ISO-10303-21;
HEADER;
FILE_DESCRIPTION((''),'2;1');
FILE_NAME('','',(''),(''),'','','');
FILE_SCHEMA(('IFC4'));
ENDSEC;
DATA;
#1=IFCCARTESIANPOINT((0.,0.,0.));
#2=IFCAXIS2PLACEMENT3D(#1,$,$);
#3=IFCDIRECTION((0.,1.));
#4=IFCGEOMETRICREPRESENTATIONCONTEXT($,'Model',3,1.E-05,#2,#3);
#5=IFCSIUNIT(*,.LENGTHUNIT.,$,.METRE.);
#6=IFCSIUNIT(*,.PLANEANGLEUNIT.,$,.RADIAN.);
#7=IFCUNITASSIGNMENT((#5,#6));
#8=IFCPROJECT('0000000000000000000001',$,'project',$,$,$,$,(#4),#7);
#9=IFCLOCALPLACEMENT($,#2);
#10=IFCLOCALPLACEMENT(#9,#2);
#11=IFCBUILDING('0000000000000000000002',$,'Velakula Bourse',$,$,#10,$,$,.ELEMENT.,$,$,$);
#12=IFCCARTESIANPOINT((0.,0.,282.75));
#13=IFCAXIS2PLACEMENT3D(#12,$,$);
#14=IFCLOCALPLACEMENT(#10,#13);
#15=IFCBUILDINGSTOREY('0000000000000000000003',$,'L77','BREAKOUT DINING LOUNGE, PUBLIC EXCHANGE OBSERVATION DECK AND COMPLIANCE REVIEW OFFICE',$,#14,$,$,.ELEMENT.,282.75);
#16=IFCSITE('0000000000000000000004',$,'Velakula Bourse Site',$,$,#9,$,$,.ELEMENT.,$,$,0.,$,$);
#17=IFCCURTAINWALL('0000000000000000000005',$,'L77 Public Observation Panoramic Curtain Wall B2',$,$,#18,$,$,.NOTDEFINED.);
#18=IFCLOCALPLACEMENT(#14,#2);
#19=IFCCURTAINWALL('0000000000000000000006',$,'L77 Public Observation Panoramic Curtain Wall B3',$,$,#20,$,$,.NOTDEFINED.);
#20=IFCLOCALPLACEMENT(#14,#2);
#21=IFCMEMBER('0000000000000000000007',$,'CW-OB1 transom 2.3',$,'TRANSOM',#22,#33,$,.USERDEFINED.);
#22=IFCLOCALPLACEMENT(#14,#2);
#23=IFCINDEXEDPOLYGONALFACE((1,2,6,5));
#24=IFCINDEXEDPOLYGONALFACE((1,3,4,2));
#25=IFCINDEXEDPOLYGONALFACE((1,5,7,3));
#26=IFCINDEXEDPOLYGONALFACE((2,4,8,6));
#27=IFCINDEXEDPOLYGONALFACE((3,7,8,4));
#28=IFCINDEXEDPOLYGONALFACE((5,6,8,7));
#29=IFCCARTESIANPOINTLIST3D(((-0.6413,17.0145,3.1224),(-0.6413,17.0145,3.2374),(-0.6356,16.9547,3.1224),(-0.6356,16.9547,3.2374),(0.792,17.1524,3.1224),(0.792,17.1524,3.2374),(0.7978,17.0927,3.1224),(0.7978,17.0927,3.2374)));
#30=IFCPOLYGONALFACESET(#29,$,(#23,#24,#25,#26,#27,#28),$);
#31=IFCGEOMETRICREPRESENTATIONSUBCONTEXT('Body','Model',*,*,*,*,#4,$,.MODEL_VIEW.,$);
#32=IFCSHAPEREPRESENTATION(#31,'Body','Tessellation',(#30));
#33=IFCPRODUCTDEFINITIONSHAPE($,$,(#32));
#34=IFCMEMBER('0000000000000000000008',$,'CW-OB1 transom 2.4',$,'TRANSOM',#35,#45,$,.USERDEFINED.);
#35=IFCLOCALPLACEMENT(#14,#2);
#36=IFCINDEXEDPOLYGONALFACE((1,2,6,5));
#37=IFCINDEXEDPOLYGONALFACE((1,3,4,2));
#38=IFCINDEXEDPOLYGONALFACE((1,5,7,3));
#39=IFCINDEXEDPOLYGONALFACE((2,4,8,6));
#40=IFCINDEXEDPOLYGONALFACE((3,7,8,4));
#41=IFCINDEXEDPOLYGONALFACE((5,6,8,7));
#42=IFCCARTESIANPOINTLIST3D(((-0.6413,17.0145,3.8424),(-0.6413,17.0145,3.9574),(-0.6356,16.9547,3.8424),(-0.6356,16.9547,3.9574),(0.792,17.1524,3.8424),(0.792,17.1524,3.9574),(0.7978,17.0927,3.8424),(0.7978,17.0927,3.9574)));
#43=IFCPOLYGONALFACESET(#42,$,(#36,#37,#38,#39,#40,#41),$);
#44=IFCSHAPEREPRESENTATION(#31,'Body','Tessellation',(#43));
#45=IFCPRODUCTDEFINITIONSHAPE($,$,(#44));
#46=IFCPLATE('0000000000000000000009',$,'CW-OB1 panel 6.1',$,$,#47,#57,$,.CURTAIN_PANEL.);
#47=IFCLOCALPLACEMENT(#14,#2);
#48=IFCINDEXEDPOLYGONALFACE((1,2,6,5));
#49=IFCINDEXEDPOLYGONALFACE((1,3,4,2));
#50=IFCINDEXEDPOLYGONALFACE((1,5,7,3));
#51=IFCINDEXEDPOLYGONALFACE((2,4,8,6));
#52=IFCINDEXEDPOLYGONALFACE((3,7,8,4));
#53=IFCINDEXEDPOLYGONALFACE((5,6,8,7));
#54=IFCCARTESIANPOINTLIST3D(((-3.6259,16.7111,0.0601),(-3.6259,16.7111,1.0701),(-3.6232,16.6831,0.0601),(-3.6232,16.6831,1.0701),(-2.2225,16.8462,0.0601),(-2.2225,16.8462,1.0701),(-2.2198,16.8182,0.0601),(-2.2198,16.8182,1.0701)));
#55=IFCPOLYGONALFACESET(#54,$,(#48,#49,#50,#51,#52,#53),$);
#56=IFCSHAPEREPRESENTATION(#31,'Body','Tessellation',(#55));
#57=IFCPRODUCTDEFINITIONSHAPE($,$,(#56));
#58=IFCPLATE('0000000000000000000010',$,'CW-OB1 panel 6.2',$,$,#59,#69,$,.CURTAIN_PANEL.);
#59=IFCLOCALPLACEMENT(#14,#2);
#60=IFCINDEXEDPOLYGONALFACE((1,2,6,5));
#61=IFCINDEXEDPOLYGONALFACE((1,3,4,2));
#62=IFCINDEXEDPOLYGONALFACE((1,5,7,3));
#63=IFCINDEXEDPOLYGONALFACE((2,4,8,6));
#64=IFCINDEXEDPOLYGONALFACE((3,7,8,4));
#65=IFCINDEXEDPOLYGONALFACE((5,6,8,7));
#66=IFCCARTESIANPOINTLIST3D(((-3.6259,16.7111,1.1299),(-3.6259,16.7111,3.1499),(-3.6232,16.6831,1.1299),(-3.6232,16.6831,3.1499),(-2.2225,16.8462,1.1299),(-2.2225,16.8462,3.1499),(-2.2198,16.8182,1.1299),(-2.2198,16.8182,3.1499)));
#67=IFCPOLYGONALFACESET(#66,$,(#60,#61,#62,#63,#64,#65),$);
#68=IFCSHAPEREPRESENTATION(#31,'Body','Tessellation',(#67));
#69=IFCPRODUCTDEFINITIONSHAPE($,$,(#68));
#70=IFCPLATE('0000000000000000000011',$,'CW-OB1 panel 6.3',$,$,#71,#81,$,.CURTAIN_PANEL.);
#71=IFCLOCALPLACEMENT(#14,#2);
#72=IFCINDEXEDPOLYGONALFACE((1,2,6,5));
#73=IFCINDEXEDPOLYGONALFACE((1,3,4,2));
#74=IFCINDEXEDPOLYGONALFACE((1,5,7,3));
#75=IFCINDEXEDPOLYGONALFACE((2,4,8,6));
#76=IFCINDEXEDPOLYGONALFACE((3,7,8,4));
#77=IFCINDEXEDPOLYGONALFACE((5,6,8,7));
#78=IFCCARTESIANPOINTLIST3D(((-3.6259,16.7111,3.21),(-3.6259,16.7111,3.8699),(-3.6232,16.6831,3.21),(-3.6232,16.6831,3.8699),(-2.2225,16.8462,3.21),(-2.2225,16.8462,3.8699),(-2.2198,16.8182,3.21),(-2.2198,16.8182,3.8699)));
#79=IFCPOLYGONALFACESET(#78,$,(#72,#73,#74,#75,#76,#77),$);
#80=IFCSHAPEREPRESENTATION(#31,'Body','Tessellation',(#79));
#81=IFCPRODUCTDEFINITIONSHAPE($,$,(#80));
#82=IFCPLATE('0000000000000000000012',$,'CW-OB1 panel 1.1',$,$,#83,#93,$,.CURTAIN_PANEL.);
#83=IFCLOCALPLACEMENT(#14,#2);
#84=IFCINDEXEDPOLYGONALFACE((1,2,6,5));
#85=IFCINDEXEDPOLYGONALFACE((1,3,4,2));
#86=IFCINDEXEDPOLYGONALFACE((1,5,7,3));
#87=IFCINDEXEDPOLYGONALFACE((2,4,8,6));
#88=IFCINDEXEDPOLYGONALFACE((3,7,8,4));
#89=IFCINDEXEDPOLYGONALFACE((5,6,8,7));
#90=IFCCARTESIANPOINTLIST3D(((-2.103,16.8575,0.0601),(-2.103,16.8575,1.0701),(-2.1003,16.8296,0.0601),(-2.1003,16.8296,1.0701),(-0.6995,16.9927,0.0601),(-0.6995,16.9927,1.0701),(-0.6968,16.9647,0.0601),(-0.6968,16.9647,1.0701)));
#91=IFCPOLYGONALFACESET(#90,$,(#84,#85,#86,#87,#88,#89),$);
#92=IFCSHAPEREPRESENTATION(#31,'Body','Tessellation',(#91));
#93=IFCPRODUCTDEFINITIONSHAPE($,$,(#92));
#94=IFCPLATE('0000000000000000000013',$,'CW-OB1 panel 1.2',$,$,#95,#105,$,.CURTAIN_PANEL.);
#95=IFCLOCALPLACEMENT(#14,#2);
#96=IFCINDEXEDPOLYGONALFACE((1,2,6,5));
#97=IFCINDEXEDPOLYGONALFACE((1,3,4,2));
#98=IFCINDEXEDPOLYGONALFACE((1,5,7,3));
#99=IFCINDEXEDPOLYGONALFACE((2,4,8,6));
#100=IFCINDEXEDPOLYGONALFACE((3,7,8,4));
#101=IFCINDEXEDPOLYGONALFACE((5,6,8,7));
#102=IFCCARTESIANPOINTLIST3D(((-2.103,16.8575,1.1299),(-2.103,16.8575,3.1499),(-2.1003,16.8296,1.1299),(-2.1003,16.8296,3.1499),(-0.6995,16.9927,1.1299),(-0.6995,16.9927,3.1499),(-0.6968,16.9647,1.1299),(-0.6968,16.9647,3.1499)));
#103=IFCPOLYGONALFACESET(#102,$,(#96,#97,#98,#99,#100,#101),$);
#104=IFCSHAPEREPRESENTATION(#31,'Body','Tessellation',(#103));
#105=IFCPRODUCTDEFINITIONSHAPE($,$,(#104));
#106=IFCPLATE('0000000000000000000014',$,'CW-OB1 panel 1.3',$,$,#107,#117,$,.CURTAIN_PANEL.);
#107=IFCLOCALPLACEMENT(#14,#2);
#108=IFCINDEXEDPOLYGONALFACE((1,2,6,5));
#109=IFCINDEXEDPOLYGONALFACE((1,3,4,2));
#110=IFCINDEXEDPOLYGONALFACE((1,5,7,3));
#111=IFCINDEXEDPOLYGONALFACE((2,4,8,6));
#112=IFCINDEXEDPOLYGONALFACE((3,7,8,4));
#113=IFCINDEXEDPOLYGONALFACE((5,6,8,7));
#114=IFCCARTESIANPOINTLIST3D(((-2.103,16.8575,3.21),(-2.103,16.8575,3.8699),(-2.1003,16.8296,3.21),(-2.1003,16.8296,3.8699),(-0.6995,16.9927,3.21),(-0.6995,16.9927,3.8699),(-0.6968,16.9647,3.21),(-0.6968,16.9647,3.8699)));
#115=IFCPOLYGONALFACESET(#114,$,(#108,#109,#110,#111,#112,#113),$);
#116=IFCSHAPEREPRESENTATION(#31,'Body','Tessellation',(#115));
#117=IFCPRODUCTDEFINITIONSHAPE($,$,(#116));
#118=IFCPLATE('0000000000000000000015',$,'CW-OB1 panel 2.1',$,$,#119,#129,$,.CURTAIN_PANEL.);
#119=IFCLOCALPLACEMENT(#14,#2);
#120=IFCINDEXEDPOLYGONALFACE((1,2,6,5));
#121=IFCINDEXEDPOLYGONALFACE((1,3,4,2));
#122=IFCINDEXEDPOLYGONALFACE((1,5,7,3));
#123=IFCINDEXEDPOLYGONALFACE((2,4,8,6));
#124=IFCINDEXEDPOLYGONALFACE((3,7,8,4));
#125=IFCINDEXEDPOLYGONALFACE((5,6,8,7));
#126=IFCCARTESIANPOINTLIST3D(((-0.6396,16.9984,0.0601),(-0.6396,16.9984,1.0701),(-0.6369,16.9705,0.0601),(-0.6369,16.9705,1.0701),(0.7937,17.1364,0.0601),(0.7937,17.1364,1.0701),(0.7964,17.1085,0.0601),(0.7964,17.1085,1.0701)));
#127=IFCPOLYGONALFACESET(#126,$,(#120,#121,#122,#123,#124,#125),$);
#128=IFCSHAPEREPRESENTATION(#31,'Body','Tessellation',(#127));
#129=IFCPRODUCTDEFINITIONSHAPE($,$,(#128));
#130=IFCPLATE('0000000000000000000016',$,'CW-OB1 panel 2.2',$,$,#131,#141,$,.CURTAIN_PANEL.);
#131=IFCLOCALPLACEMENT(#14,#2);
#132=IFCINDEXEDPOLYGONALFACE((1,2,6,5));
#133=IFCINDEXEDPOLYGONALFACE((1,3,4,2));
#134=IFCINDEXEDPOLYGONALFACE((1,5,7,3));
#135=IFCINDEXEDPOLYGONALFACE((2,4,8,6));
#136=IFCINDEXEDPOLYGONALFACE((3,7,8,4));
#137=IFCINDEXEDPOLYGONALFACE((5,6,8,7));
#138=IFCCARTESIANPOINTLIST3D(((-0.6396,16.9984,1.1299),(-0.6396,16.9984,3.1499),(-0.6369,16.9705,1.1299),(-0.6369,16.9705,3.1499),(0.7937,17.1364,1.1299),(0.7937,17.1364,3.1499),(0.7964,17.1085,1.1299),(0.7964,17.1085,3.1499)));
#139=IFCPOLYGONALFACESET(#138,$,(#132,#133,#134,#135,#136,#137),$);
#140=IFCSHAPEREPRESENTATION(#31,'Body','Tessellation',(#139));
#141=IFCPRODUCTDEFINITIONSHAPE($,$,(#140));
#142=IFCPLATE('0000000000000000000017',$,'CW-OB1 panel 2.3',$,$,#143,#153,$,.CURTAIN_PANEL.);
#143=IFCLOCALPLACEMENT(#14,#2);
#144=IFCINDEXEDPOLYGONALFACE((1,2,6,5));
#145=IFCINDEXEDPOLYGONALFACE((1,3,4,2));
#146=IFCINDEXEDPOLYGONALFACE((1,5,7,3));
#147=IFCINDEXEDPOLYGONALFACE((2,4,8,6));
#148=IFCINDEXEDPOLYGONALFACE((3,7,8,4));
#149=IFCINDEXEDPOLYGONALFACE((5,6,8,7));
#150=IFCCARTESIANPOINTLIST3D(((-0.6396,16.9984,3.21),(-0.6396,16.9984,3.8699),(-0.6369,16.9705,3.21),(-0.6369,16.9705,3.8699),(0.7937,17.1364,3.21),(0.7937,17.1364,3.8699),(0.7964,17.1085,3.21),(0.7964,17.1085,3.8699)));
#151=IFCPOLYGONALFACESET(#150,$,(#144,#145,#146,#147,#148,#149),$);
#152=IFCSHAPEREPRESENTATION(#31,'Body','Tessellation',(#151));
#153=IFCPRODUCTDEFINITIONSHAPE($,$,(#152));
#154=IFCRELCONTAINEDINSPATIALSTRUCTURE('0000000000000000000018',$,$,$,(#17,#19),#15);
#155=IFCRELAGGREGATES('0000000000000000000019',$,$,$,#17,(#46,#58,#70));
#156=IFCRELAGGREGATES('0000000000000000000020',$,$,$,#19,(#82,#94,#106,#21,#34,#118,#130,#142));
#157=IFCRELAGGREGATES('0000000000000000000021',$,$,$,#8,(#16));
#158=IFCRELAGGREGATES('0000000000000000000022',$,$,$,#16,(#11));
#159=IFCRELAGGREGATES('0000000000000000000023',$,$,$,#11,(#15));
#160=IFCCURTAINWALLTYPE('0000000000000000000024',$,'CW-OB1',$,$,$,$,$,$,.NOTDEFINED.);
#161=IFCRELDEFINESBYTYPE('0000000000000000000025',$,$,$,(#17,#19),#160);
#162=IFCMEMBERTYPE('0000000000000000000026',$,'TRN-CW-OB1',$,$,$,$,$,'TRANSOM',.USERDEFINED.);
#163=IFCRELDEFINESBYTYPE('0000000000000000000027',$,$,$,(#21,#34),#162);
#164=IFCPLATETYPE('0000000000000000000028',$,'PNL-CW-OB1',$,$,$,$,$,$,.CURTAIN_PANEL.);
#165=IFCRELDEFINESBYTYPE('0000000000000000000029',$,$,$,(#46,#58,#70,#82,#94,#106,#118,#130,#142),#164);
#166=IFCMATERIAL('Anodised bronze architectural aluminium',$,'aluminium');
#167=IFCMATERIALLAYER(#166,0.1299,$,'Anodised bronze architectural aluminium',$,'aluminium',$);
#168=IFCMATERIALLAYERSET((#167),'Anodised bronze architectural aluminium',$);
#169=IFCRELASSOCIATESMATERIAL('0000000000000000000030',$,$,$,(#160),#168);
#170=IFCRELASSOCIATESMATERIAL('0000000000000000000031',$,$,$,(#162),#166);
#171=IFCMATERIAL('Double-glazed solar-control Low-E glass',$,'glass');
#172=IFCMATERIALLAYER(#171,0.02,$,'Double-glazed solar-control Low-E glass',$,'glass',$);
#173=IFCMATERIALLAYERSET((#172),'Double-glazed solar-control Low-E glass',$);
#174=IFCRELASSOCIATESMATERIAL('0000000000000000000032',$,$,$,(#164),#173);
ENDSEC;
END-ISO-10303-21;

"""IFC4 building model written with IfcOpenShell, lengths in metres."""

from ifc_helpers import new_model, si_unit, direction, frame, origin, origin_2d, place, context, subcontext, project, spatial, rectangle, extrude, material, layer, layer_set, material_profile, profile_set, type_object, element, aggregate, save


model = new_model("IFC4")

# Units and contexts
model_context = context("Model", 3, precision=1e-05, world=origin(), true_north=direction((0.0, 1.0)))
body_context = subcontext(model_context, "Body", "Model", "MODEL_VIEW")
ifc_project = project(units=[si_unit("LENGTHUNIT", "METRE"), si_unit("PLANEANGLEUNIT", "RADIAN")], contexts=[model_context])

# Site, building, storey
site_placement = place(None, origin())
site = spatial("IfcSite", under=ifc_project, at=site_placement, Name="Velakula Bourse Site", CompositionType="ELEMENT", RefElevation=0.0)
building_placement = place(site_placement, origin())
building = spatial("IfcBuilding", under=site, at=building_placement, Name="Velakula Bourse", CompositionType="ELEMENT")
storey_placement = place(building_placement, frame((0.0, 0.0, 282.75)))
storey = spatial("IfcBuildingStorey", under=building, at=storey_placement, Name="L77", Description="BREAKOUT DINING LOUNGE, PUBLIC EXCHANGE OBSERVATION DECK AND COMPLIANCE REVIEW OFFICE", CompositionType="ELEMENT", Elevation=282.75)

# Curtain walls
ifc_material_1 = material(Name="Anodised bronze architectural aluminium", Category="aluminium")
ifc_layer_1 = layer(ifc_material_1, 0.1299, Name="Anodised bronze architectural aluminium", Category="aluminium")
ifc_layer_set_1 = layer_set([ifc_layer_1], Name="Anodised bronze architectural aluminium")
curtain_wall_type = type_object("IfcCurtainWallType", Name="CW-OB1", PredefinedType="NOTDEFINED", material=ifc_layer_set_1)
curtain_wall_1_placement = place(storey_placement, origin())
curtain_wall_1 = element("IfcCurtainWall", 1, at=curtain_wall_1_placement, inside=storey, type_object=curtain_wall_type, Name="L77 Public Observation Panoramic Curtain Wall B2", PredefinedType="NOTDEFINED")
curtain_wall_2_placement = place(storey_placement, origin())
curtain_wall_2 = element("IfcCurtainWall", 2, at=curtain_wall_2_placement, inside=storey, type_object=curtain_wall_type, Name="L77 Public Observation Panoramic Curtain Wall B3", PredefinedType="NOTDEFINED")

# Members
ifc_material_profile_1 = material_profile(ifc_material_1, rectangle(XDim=0.0601, YDim=0.115, at=origin_2d()), Name="Anodised bronze architectural aluminium")
ifc_profile_set_1 = profile_set([ifc_material_profile_1], Name="Anodised bronze architectural aluminium")
member_type_1 = type_object("IfcMemberType", Name="TRN-CW-OB1", ElementType="TRANSOM", PredefinedType="USERDEFINED", material=ifc_profile_set_1)
member_1_placement = place(storey_placement, frame((-0.6384, 16.9846, 3.1799), z_axis=(0.995401, 0.095793, 0.0), x_axis=(-0.095793, 0.995401, 0.0)))
member_1 = element("IfcMember", 3, at=member_1_placement, type_object=member_type_1, Name="CW-OB1 transom 2.3", ObjectType="TRANSOM", PredefinedType="USERDEFINED", context=body_context, shape_type="SweptSolid", body=[
    extrude(rectangle(XDim=0.0601, YDim=0.115, at=origin_2d()), origin(), (0.0, 0.0, 1.0), 1.4399),
])
member_2_placement = place(storey_placement, frame((-0.6384, 16.9846, 3.8999), z_axis=(0.995401, 0.095793, 0.0), x_axis=(-0.095793, 0.995401, 0.0)))
member_2 = element("IfcMember", 4, at=member_2_placement, type_object=member_type_1, Name="CW-OB1 transom 2.4", ObjectType="TRANSOM", PredefinedType="USERDEFINED", context=body_context, shape_type="SweptSolid", body=[
    extrude(rectangle(XDim=0.0601, YDim=0.115, at=origin_2d()), origin(), (0.0, 0.0, 1.0), 1.4399),
])

# Plates
ifc_material_2 = material(Name="Double-glazed solar-control Low-E glass", Category="glass")
ifc_layer_2 = layer(ifc_material_2, 0.02, Name="Double-glazed solar-control Low-E glass", Category="glass")
ifc_layer_set_2 = layer_set([ifc_layer_2], Name="Double-glazed solar-control Low-E glass")
plate_type = type_object("IfcPlateType", Name="PNL-CW-OB1", PredefinedType="CURTAIN_PANEL", material=ifc_layer_set_2)
plate_1_placement = place(storey_placement, frame((-2.9229, 16.7646, 0.0601), z_axis=(0.0, 0.0, 1.0), x_axis=(0.995396, 0.095845, 0.0)))
plate_1 = element("IfcPlate", 5, at=plate_1_placement, type_object=plate_type, Name="CW-OB1 panel 6.1", PredefinedType="CURTAIN_PANEL", context=body_context, shape_type="SweptSolid", body=[
    extrude(rectangle(XDim=1.4099, YDim=0.0281, at=origin_2d()), origin(), (0.0, 0.0, 1.0), 1.01),
])
plate_2_placement = place(storey_placement, frame((-2.9229, 16.7646, 1.1299), z_axis=(0.0, 0.0, 1.0), x_axis=(0.995396, 0.095845, 0.0)))
plate_2 = element("IfcPlate", 6, at=plate_2_placement, type_object=plate_type, Name="CW-OB1 panel 6.2", PredefinedType="CURTAIN_PANEL", context=body_context, shape_type="SweptSolid", body=[
    extrude(rectangle(XDim=1.4099, YDim=0.0281, at=origin_2d()), origin(), (0.0, 0.0, 1.0), 2.02),
])
plate_3_placement = place(storey_placement, frame((-2.9229, 16.7646, 3.21), z_axis=(0.0, 0.0, 1.0), x_axis=(0.995396, 0.095845, 0.0)))
plate_3 = element("IfcPlate", 7, at=plate_3_placement, type_object=plate_type, Name="CW-OB1 panel 6.3", PredefinedType="CURTAIN_PANEL", context=body_context, shape_type="SweptSolid", body=[
    extrude(rectangle(XDim=1.4099, YDim=0.0281, at=origin_2d()), origin(), (0.0, 0.0, 1.0), 0.6599),
])
aggregate(curtain_wall_1, [plate_1, plate_2, plate_3])
plate_4_placement = place(storey_placement, frame((-1.3999, 16.9111, 0.0601), z_axis=(0.0, 0.0, 1.0), x_axis=(0.995396, 0.095844, 0.0)))
plate_4 = element("IfcPlate", 8, at=plate_4_placement, type_object=plate_type, Name="CW-OB1 panel 1.1", PredefinedType="CURTAIN_PANEL", context=body_context, shape_type="SweptSolid", body=[
    extrude(rectangle(XDim=1.4099, YDim=0.0281, at=origin_2d()), origin(), (0.0, 0.0, 1.0), 1.01),
])
plate_5_placement = place(storey_placement, frame((-1.3999, 16.9111, 1.1299), z_axis=(0.0, 0.0, 1.0), x_axis=(0.995396, 0.095844, 0.0)))
plate_5 = element("IfcPlate", 9, at=plate_5_placement, type_object=plate_type, Name="CW-OB1 panel 1.2", PredefinedType="CURTAIN_PANEL", context=body_context, shape_type="SweptSolid", body=[
    extrude(rectangle(XDim=1.4099, YDim=0.0281, at=origin_2d()), origin(), (0.0, 0.0, 1.0), 2.02),
])
plate_6_placement = place(storey_placement, frame((-1.3999, 16.9111, 3.21), z_axis=(0.0, 0.0, 1.0), x_axis=(0.995396, 0.095844, 0.0)))
plate_6 = element("IfcPlate", 10, at=plate_6_placement, type_object=plate_type, Name="CW-OB1 panel 1.3", PredefinedType="CURTAIN_PANEL", context=body_context, shape_type="SweptSolid", body=[
    extrude(rectangle(XDim=1.4099, YDim=0.0281, at=origin_2d()), origin(), (0.0, 0.0, 1.0), 0.6599),
])
plate_7_placement = place(storey_placement, frame((0.0784, 17.0535, 0.0601), z_axis=(0.0, 0.0, 1.0), x_axis=(0.995396, 0.095844, 0.0)))
plate_7 = element("IfcPlate", 11, at=plate_7_placement, type_object=plate_type, Name="CW-OB1 panel 2.1", PredefinedType="CURTAIN_PANEL", context=body_context, shape_type="SweptSolid", body=[
    extrude(rectangle(XDim=1.4399, YDim=0.0281, at=origin_2d()), origin(), (0.0, 0.0, 1.0), 1.01),
])
plate_8_placement = place(storey_placement, frame((0.0784, 17.0535, 1.1299), z_axis=(0.0, 0.0, 1.0), x_axis=(0.995396, 0.095844, 0.0)))
plate_8 = element("IfcPlate", 12, at=plate_8_placement, type_object=plate_type, Name="CW-OB1 panel 2.2", PredefinedType="CURTAIN_PANEL", context=body_context, shape_type="SweptSolid", body=[
    extrude(rectangle(XDim=1.4399, YDim=0.0281, at=origin_2d()), origin(), (0.0, 0.0, 1.0), 2.02),
])
plate_9_placement = place(storey_placement, frame((0.0784, 17.0535, 3.21), z_axis=(0.0, 0.0, 1.0), x_axis=(0.995396, 0.095844, 0.0)))
plate_9 = element("IfcPlate", 13, at=plate_9_placement, type_object=plate_type, Name="CW-OB1 panel 2.3", PredefinedType="CURTAIN_PANEL", context=body_context, shape_type="SweptSolid", body=[
    extrude(rectangle(XDim=1.4399, YDim=0.0281, at=origin_2d()), origin(), (0.0, 0.0, 1.0), 0.6599),
])
aggregate(curtain_wall_2, [plate_4, plate_5, plate_6, member_1, member_2, plate_7, plate_8, plate_9])

save(model, "model.ifc")
